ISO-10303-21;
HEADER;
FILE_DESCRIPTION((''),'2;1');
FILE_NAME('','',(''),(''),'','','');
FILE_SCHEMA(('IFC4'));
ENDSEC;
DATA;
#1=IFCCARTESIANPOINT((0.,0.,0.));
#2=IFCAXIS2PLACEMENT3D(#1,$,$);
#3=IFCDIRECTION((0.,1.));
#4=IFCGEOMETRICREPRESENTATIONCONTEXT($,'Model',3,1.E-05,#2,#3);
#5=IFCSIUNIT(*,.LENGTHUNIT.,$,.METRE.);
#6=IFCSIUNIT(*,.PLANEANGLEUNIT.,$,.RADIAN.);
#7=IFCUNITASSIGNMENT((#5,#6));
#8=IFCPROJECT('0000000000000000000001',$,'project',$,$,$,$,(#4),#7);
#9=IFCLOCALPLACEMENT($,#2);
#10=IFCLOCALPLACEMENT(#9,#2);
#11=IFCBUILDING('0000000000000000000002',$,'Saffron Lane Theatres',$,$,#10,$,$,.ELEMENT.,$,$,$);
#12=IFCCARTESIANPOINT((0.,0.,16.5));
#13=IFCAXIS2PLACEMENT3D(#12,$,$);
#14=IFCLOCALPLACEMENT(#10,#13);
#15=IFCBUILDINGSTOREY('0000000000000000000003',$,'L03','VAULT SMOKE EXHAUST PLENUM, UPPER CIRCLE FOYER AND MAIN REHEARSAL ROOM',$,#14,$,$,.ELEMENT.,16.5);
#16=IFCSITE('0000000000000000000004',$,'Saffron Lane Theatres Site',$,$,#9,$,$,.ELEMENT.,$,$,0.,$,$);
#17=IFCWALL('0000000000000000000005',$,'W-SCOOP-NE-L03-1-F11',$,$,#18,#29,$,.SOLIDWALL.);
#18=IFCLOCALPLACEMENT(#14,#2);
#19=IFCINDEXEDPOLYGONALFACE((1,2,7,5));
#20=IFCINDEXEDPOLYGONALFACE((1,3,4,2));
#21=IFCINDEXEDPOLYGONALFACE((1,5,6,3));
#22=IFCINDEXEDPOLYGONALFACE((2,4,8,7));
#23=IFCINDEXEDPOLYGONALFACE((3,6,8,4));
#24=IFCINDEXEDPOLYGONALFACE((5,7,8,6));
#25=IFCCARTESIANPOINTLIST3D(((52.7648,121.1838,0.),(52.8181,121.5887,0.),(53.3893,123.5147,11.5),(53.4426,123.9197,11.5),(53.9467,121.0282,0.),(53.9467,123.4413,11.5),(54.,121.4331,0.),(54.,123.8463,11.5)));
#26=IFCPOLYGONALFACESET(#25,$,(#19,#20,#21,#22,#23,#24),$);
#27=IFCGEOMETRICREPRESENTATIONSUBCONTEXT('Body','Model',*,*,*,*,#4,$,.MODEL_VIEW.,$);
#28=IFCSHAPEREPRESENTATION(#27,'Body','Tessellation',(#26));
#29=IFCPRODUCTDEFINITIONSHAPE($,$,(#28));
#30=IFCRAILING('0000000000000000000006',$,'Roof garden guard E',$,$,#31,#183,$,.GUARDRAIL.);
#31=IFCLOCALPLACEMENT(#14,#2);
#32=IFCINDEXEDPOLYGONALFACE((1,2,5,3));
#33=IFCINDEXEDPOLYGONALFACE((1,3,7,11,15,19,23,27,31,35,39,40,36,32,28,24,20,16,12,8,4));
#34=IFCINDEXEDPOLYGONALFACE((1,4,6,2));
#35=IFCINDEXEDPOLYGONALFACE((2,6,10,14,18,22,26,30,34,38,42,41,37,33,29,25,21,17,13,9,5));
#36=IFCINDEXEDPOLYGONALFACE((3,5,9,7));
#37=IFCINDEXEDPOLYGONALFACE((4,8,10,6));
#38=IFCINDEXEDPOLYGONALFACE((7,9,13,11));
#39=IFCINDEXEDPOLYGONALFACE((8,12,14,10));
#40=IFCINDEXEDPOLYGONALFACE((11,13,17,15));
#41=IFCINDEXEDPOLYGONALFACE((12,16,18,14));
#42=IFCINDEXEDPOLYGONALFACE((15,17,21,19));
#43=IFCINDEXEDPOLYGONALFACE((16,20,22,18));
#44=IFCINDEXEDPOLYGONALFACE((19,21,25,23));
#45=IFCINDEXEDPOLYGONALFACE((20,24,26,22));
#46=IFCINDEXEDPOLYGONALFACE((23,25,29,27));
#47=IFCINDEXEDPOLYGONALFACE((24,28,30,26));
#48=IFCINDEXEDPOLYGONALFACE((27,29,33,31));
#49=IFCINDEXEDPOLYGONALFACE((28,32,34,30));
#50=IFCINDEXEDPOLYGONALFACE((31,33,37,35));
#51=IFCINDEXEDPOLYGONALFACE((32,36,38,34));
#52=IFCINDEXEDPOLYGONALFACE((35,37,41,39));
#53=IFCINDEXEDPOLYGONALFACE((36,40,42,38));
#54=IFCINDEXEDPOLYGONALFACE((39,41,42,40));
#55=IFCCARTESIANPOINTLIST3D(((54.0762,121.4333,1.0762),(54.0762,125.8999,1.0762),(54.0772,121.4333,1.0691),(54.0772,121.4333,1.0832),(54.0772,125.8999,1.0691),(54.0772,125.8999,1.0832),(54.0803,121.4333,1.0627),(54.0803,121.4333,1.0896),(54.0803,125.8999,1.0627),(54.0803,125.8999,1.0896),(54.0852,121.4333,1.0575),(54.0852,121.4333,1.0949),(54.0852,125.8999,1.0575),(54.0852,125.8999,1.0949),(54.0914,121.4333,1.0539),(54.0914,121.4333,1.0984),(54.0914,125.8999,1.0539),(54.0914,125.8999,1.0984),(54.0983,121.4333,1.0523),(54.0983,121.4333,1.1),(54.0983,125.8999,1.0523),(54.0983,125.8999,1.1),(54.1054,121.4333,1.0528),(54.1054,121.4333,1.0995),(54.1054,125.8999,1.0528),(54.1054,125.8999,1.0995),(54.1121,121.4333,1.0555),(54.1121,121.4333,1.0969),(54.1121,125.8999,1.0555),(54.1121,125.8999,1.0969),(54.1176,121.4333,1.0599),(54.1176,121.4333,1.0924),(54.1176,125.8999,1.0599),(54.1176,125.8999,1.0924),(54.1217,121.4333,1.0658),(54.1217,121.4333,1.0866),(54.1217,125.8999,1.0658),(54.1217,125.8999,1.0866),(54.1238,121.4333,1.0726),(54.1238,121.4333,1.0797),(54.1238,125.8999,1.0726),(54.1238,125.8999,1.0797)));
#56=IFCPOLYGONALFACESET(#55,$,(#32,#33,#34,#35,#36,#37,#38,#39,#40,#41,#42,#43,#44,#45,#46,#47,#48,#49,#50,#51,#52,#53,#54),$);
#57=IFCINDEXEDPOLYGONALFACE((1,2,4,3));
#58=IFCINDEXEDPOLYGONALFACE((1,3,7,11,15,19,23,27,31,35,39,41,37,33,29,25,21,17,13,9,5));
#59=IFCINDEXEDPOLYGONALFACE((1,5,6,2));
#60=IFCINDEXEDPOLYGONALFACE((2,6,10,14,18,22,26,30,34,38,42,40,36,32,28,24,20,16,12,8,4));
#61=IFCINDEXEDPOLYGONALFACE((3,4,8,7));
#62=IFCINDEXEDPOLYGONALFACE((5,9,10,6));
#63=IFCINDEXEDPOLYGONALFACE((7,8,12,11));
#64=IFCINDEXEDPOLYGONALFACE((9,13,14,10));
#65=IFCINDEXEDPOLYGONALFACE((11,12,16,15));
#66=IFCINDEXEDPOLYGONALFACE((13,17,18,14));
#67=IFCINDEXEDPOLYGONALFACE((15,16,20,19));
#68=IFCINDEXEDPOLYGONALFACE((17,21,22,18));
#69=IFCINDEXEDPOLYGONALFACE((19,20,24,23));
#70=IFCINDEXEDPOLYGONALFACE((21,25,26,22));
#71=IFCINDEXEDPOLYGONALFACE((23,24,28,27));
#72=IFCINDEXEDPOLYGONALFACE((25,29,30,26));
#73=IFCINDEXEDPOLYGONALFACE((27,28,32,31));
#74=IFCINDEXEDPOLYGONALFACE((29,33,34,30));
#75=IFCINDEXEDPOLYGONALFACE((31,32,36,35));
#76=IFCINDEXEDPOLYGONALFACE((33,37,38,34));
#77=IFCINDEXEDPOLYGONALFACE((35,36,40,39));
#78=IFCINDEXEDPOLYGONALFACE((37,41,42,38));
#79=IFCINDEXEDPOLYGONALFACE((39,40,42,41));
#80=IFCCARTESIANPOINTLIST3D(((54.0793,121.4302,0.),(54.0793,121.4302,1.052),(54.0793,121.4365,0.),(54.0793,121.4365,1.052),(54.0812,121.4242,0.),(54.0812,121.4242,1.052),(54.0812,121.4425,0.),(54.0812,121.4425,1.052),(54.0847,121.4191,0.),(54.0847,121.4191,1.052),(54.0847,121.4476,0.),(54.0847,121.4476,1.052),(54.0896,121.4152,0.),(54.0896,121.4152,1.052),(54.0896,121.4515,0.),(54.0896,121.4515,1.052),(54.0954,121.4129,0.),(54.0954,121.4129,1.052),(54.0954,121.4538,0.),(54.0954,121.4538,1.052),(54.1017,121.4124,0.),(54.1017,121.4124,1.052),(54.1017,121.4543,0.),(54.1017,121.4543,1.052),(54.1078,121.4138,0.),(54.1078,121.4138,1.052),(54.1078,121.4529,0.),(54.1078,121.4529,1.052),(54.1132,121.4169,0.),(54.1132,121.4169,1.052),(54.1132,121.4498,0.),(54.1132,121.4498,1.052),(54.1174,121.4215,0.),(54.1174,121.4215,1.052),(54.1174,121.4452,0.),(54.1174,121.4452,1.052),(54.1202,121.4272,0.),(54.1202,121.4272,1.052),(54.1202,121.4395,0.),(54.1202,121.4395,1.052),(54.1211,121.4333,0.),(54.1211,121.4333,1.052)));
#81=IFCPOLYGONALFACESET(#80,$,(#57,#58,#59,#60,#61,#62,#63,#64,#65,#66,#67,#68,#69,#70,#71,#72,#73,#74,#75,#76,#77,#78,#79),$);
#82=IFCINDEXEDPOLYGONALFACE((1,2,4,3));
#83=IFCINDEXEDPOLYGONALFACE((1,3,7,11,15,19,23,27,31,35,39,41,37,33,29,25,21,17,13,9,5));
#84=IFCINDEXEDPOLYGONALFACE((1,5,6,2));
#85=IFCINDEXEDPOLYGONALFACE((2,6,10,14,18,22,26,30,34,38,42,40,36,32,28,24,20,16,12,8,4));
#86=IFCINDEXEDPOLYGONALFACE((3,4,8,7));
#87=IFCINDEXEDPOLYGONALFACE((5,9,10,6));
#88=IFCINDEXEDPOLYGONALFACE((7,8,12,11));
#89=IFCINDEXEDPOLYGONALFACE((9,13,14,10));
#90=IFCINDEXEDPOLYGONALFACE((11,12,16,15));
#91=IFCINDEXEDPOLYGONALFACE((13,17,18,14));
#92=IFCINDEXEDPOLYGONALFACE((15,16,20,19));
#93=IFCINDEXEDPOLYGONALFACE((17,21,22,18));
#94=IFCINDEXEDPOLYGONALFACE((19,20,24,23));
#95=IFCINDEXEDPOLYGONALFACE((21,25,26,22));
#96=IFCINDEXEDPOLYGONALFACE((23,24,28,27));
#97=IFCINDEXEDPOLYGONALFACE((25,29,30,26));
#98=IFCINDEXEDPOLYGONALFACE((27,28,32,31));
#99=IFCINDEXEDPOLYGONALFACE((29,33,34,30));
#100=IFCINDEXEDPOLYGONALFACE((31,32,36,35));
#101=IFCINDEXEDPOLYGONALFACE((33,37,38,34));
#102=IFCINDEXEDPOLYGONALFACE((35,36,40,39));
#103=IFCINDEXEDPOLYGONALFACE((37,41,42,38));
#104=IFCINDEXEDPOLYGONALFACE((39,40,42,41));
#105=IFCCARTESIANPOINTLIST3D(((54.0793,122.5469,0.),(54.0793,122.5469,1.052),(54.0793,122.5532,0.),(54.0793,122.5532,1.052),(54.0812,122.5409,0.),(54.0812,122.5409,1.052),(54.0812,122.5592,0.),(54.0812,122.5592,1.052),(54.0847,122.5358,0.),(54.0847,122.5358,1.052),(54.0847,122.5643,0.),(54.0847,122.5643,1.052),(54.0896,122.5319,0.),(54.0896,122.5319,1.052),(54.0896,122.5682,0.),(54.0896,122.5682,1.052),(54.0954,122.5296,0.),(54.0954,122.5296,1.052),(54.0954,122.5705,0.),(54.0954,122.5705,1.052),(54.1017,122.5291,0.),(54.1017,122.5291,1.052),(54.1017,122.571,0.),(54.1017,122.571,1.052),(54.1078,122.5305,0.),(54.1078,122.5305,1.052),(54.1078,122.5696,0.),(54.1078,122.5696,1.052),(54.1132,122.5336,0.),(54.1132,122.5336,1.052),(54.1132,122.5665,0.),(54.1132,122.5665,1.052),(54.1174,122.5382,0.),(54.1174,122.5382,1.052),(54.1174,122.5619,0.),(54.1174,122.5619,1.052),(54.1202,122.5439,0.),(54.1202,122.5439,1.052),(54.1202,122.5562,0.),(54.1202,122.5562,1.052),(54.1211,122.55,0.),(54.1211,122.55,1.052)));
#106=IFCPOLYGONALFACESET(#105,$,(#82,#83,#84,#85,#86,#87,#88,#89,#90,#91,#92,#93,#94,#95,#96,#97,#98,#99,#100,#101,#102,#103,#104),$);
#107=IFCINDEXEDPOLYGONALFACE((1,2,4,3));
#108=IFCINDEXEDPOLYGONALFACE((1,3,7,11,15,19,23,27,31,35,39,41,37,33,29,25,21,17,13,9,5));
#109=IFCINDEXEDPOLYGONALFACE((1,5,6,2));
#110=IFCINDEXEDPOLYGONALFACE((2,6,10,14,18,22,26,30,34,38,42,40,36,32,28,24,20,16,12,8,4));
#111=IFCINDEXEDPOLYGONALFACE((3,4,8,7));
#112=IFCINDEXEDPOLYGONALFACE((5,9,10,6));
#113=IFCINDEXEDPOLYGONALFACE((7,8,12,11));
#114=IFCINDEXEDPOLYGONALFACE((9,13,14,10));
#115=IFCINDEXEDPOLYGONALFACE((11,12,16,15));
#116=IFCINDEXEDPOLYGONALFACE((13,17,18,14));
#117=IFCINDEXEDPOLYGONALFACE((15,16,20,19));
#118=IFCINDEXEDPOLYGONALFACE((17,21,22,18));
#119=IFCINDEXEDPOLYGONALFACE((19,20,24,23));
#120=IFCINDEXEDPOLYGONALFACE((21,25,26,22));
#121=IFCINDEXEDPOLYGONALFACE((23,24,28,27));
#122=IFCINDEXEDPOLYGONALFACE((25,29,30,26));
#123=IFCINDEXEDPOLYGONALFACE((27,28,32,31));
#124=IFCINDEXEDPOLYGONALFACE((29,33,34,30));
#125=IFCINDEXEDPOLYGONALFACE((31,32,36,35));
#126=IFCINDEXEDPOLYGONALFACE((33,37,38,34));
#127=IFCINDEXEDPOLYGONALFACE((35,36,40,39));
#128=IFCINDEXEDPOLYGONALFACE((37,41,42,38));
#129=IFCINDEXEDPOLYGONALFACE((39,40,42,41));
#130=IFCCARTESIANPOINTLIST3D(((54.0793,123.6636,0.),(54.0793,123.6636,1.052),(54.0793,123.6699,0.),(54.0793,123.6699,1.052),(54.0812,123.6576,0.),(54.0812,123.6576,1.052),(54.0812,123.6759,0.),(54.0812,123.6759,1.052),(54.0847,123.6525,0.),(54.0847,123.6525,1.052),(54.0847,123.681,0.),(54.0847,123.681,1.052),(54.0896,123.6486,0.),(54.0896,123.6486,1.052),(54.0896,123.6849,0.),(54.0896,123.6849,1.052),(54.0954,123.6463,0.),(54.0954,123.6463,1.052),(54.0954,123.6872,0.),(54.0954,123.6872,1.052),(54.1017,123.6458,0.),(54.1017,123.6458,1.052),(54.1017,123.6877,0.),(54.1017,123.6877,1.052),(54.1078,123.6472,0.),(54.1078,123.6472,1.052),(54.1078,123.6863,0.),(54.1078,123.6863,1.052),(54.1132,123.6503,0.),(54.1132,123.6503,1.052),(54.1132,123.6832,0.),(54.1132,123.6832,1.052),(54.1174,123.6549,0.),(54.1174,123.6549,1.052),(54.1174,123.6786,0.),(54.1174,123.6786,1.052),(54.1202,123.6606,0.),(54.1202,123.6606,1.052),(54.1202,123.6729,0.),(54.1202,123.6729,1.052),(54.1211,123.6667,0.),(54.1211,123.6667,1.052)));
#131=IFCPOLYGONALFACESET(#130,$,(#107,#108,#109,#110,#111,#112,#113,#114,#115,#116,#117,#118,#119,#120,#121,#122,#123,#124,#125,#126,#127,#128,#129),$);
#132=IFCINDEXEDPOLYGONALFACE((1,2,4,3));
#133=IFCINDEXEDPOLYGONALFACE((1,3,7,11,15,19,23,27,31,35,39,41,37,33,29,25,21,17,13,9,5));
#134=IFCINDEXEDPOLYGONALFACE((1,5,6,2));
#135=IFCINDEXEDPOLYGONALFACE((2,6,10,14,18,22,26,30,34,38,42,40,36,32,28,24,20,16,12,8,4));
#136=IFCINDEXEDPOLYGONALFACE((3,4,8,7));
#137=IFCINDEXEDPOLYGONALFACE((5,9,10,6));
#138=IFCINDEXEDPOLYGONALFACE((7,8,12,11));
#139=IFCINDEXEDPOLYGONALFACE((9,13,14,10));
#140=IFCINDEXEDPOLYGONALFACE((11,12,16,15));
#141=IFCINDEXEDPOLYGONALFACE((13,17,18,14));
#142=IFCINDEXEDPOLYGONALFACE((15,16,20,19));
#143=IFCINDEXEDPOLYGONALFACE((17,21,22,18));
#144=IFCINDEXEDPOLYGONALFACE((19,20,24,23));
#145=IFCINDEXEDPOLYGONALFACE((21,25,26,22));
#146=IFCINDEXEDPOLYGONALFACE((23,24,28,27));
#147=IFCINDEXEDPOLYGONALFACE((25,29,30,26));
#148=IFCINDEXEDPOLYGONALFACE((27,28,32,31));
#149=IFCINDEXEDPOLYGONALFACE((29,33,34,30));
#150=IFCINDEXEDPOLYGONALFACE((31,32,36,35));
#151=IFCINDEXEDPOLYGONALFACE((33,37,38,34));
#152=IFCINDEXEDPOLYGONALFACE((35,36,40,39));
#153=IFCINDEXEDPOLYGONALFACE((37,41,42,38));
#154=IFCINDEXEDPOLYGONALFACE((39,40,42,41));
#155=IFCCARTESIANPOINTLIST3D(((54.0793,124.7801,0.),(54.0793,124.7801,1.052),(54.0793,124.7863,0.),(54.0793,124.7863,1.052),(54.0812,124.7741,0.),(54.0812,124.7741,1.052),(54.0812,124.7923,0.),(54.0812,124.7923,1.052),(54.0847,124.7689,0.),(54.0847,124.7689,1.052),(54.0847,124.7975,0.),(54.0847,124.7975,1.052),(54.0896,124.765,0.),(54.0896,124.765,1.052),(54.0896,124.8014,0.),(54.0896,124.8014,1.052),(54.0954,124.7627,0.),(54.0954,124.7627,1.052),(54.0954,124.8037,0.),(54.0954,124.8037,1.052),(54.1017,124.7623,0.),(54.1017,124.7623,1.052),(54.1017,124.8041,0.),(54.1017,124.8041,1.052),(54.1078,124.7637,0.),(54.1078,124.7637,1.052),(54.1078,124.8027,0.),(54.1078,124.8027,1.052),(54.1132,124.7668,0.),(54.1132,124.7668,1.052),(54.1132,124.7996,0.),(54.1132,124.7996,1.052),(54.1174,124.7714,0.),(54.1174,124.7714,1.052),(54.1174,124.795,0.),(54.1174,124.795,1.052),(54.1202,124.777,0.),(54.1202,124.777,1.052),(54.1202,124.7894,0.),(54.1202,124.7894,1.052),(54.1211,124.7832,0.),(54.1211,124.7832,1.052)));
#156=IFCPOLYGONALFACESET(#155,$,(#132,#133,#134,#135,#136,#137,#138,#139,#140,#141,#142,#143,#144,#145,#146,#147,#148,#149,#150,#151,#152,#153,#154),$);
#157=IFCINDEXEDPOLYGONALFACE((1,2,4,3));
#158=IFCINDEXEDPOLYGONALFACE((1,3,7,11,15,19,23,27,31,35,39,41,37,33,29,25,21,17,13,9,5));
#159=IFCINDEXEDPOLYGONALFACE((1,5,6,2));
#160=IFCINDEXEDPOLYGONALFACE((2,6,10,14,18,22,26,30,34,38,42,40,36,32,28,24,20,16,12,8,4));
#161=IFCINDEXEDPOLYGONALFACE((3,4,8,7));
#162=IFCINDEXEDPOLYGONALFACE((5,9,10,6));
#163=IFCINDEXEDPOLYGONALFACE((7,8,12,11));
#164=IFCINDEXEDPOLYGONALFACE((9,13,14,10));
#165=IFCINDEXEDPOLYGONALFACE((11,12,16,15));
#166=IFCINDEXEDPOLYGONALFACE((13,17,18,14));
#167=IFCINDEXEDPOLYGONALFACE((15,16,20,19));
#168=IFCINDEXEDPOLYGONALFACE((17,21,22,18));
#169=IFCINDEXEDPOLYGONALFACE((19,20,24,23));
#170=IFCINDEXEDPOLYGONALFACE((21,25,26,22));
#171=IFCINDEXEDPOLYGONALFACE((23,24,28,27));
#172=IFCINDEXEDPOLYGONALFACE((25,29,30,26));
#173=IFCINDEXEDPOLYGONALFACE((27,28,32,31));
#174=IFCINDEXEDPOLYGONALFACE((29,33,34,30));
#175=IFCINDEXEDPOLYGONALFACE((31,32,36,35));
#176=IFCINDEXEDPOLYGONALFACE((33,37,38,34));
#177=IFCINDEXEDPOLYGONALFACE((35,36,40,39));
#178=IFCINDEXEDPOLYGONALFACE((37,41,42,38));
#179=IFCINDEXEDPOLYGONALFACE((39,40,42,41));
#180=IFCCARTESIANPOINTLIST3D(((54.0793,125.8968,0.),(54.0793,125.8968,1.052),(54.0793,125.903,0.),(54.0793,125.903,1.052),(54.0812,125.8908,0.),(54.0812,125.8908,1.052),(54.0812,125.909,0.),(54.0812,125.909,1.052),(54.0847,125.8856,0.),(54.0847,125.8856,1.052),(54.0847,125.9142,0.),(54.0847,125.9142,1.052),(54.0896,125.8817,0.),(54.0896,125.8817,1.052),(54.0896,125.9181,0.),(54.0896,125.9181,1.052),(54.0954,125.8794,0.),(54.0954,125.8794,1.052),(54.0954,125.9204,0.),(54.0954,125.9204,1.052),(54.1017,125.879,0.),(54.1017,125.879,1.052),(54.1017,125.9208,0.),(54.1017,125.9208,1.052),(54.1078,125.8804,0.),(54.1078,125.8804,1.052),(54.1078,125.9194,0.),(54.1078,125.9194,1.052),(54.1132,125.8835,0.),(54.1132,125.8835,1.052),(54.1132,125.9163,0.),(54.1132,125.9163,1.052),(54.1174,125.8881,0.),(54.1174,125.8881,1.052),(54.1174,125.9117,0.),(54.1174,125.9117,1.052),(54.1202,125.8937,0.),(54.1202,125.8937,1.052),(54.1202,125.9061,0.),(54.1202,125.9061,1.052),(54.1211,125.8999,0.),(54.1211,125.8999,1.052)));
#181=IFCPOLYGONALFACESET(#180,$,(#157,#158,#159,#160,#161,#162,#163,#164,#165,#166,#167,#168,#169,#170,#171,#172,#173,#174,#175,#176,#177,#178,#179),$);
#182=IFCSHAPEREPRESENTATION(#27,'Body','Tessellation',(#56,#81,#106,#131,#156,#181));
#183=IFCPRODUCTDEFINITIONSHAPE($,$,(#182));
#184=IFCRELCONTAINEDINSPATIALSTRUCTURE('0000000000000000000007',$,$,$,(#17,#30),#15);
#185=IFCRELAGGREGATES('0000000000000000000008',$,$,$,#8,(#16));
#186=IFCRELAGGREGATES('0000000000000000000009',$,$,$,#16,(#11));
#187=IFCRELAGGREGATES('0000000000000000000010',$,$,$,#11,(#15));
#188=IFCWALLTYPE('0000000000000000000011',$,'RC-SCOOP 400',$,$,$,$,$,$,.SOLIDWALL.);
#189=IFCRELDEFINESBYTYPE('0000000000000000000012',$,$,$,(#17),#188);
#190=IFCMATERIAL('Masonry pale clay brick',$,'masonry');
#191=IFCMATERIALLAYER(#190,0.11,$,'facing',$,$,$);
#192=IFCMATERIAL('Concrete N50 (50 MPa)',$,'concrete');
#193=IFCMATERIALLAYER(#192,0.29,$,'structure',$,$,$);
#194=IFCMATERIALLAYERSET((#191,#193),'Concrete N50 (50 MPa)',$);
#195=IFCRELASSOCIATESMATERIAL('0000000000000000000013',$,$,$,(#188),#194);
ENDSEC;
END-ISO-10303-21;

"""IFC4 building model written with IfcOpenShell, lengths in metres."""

from ifc_helpers import new_model, si_unit, direction, frame, origin, origin_2d, place, context, subcontext, project, spatial, polyline, circle, outline, extrude, material, layer, layer_set, type_object, element, save


model = new_model("IFC4")

# Units and contexts
model_context = context("Model", 3, precision=1e-05, world=origin(), true_north=direction((0.0, 1.0)))
body_context = subcontext(model_context, "Body", "Model", "MODEL_VIEW")
ifc_project = project(units=[si_unit("LENGTHUNIT", "METRE"), si_unit("PLANEANGLEUNIT", "RADIAN")], contexts=[model_context])

# Site, building, storey
site_placement = place(None, origin())
site = spatial("IfcSite", under=ifc_project, at=site_placement, Name="Saffron Lane Theatres Site", CompositionType="ELEMENT", RefElevation=0.0)
building_placement = place(site_placement, origin())
building = spatial("IfcBuilding", under=site, at=building_placement, Name="Saffron Lane Theatres", CompositionType="ELEMENT")
storey_placement = place(building_placement, frame((0.0, 0.0, 16.5)))
storey = spatial("IfcBuildingStorey", under=building, at=storey_placement, Name="L03", Description="VAULT SMOKE EXHAUST PLENUM, UPPER CIRCLE FOYER AND MAIN REHEARSAL ROOM", CompositionType="ELEMENT", Elevation=16.5)

# Wall
ifc_material_1 = material(Name="Masonry pale clay brick", Category="masonry")
ifc_layer_1 = layer(ifc_material_1, 0.11, Name="facing")
ifc_material_2 = material(Name="Concrete N50 (50 MPa)", Category="concrete")
ifc_layer_2 = layer(ifc_material_2, 0.29, Name="structure")
ifc_layer_set_1 = layer_set([ifc_layer_1, ifc_layer_2], Name="Concrete N50 (50 MPa)")
wall_type_1 = type_object("IfcWallType", Name="RC-SCOOP 400", PredefinedType="SOLIDWALL", material=ifc_layer_set_1)
wall_1_placement = place(storey_placement, frame((54.0, 121.4331, 0.0), z_axis=(-0.127804, -0.970659, 0.203685), x_axis=(-0.991443, 0.130538, -0.000016)))
element("IfcWall", 1, at=wall_1_placement, inside=storey, type_object=wall_type_1, Name="W-SCOOP-NE-L03-1-F11", PredefinedType="SOLIDWALL", context=body_context, shape_type="SweptSolid", body=[
    extrude(outline(polyline([(0.0, 0.0), (1.1921, 0.0), (0.877, -11.7463), (0.3148, -11.7462), (0.0, 0.0)])), origin(), (-0.000012, 0.203685, 0.979036), 0.4084),
])

# Railing
railing_1_placement = place(storey_placement, frame((54.1001, 121.4333, 0.0)))
element("IfcRailing", 2, at=railing_1_placement, inside=storey, Name="Roof garden guard E", PredefinedType="GUARDRAIL", context=body_context, shape_type="SweptSolid", body=[
    extrude(circle(Radius=0.0239, at=origin_2d()), frame((0.0, 0.0, 1.0762), z_axis=(0.0, 1.0, 0.0), x_axis=(-1.0, 0.0, 0.0)), (0.0, 0.0, 1.0), 4.4666),
    extrude(circle(Radius=0.021, at=origin_2d()), origin(), (0.0, 0.0, 1.0), 1.052),
    extrude(circle(Radius=0.021, at=origin_2d()), frame((0.0, 1.1167, 0.0)), (0.0, 0.0, 1.0), 1.052),
    extrude(circle(Radius=0.021, at=origin_2d()), frame((0.0, 2.2334, 0.0)), (0.0, 0.0, 1.0), 1.052),
    extrude(circle(Radius=0.021, at=origin_2d()), frame((0.0, 3.3499, 0.0)), (0.0, 0.0, 1.0), 1.052),
    extrude(circle(Radius=0.021, at=origin_2d()), frame((0.0, 4.4666, 0.0)), (0.0, 0.0, 1.0), 1.052),
])

save(model, "model.ifc")
